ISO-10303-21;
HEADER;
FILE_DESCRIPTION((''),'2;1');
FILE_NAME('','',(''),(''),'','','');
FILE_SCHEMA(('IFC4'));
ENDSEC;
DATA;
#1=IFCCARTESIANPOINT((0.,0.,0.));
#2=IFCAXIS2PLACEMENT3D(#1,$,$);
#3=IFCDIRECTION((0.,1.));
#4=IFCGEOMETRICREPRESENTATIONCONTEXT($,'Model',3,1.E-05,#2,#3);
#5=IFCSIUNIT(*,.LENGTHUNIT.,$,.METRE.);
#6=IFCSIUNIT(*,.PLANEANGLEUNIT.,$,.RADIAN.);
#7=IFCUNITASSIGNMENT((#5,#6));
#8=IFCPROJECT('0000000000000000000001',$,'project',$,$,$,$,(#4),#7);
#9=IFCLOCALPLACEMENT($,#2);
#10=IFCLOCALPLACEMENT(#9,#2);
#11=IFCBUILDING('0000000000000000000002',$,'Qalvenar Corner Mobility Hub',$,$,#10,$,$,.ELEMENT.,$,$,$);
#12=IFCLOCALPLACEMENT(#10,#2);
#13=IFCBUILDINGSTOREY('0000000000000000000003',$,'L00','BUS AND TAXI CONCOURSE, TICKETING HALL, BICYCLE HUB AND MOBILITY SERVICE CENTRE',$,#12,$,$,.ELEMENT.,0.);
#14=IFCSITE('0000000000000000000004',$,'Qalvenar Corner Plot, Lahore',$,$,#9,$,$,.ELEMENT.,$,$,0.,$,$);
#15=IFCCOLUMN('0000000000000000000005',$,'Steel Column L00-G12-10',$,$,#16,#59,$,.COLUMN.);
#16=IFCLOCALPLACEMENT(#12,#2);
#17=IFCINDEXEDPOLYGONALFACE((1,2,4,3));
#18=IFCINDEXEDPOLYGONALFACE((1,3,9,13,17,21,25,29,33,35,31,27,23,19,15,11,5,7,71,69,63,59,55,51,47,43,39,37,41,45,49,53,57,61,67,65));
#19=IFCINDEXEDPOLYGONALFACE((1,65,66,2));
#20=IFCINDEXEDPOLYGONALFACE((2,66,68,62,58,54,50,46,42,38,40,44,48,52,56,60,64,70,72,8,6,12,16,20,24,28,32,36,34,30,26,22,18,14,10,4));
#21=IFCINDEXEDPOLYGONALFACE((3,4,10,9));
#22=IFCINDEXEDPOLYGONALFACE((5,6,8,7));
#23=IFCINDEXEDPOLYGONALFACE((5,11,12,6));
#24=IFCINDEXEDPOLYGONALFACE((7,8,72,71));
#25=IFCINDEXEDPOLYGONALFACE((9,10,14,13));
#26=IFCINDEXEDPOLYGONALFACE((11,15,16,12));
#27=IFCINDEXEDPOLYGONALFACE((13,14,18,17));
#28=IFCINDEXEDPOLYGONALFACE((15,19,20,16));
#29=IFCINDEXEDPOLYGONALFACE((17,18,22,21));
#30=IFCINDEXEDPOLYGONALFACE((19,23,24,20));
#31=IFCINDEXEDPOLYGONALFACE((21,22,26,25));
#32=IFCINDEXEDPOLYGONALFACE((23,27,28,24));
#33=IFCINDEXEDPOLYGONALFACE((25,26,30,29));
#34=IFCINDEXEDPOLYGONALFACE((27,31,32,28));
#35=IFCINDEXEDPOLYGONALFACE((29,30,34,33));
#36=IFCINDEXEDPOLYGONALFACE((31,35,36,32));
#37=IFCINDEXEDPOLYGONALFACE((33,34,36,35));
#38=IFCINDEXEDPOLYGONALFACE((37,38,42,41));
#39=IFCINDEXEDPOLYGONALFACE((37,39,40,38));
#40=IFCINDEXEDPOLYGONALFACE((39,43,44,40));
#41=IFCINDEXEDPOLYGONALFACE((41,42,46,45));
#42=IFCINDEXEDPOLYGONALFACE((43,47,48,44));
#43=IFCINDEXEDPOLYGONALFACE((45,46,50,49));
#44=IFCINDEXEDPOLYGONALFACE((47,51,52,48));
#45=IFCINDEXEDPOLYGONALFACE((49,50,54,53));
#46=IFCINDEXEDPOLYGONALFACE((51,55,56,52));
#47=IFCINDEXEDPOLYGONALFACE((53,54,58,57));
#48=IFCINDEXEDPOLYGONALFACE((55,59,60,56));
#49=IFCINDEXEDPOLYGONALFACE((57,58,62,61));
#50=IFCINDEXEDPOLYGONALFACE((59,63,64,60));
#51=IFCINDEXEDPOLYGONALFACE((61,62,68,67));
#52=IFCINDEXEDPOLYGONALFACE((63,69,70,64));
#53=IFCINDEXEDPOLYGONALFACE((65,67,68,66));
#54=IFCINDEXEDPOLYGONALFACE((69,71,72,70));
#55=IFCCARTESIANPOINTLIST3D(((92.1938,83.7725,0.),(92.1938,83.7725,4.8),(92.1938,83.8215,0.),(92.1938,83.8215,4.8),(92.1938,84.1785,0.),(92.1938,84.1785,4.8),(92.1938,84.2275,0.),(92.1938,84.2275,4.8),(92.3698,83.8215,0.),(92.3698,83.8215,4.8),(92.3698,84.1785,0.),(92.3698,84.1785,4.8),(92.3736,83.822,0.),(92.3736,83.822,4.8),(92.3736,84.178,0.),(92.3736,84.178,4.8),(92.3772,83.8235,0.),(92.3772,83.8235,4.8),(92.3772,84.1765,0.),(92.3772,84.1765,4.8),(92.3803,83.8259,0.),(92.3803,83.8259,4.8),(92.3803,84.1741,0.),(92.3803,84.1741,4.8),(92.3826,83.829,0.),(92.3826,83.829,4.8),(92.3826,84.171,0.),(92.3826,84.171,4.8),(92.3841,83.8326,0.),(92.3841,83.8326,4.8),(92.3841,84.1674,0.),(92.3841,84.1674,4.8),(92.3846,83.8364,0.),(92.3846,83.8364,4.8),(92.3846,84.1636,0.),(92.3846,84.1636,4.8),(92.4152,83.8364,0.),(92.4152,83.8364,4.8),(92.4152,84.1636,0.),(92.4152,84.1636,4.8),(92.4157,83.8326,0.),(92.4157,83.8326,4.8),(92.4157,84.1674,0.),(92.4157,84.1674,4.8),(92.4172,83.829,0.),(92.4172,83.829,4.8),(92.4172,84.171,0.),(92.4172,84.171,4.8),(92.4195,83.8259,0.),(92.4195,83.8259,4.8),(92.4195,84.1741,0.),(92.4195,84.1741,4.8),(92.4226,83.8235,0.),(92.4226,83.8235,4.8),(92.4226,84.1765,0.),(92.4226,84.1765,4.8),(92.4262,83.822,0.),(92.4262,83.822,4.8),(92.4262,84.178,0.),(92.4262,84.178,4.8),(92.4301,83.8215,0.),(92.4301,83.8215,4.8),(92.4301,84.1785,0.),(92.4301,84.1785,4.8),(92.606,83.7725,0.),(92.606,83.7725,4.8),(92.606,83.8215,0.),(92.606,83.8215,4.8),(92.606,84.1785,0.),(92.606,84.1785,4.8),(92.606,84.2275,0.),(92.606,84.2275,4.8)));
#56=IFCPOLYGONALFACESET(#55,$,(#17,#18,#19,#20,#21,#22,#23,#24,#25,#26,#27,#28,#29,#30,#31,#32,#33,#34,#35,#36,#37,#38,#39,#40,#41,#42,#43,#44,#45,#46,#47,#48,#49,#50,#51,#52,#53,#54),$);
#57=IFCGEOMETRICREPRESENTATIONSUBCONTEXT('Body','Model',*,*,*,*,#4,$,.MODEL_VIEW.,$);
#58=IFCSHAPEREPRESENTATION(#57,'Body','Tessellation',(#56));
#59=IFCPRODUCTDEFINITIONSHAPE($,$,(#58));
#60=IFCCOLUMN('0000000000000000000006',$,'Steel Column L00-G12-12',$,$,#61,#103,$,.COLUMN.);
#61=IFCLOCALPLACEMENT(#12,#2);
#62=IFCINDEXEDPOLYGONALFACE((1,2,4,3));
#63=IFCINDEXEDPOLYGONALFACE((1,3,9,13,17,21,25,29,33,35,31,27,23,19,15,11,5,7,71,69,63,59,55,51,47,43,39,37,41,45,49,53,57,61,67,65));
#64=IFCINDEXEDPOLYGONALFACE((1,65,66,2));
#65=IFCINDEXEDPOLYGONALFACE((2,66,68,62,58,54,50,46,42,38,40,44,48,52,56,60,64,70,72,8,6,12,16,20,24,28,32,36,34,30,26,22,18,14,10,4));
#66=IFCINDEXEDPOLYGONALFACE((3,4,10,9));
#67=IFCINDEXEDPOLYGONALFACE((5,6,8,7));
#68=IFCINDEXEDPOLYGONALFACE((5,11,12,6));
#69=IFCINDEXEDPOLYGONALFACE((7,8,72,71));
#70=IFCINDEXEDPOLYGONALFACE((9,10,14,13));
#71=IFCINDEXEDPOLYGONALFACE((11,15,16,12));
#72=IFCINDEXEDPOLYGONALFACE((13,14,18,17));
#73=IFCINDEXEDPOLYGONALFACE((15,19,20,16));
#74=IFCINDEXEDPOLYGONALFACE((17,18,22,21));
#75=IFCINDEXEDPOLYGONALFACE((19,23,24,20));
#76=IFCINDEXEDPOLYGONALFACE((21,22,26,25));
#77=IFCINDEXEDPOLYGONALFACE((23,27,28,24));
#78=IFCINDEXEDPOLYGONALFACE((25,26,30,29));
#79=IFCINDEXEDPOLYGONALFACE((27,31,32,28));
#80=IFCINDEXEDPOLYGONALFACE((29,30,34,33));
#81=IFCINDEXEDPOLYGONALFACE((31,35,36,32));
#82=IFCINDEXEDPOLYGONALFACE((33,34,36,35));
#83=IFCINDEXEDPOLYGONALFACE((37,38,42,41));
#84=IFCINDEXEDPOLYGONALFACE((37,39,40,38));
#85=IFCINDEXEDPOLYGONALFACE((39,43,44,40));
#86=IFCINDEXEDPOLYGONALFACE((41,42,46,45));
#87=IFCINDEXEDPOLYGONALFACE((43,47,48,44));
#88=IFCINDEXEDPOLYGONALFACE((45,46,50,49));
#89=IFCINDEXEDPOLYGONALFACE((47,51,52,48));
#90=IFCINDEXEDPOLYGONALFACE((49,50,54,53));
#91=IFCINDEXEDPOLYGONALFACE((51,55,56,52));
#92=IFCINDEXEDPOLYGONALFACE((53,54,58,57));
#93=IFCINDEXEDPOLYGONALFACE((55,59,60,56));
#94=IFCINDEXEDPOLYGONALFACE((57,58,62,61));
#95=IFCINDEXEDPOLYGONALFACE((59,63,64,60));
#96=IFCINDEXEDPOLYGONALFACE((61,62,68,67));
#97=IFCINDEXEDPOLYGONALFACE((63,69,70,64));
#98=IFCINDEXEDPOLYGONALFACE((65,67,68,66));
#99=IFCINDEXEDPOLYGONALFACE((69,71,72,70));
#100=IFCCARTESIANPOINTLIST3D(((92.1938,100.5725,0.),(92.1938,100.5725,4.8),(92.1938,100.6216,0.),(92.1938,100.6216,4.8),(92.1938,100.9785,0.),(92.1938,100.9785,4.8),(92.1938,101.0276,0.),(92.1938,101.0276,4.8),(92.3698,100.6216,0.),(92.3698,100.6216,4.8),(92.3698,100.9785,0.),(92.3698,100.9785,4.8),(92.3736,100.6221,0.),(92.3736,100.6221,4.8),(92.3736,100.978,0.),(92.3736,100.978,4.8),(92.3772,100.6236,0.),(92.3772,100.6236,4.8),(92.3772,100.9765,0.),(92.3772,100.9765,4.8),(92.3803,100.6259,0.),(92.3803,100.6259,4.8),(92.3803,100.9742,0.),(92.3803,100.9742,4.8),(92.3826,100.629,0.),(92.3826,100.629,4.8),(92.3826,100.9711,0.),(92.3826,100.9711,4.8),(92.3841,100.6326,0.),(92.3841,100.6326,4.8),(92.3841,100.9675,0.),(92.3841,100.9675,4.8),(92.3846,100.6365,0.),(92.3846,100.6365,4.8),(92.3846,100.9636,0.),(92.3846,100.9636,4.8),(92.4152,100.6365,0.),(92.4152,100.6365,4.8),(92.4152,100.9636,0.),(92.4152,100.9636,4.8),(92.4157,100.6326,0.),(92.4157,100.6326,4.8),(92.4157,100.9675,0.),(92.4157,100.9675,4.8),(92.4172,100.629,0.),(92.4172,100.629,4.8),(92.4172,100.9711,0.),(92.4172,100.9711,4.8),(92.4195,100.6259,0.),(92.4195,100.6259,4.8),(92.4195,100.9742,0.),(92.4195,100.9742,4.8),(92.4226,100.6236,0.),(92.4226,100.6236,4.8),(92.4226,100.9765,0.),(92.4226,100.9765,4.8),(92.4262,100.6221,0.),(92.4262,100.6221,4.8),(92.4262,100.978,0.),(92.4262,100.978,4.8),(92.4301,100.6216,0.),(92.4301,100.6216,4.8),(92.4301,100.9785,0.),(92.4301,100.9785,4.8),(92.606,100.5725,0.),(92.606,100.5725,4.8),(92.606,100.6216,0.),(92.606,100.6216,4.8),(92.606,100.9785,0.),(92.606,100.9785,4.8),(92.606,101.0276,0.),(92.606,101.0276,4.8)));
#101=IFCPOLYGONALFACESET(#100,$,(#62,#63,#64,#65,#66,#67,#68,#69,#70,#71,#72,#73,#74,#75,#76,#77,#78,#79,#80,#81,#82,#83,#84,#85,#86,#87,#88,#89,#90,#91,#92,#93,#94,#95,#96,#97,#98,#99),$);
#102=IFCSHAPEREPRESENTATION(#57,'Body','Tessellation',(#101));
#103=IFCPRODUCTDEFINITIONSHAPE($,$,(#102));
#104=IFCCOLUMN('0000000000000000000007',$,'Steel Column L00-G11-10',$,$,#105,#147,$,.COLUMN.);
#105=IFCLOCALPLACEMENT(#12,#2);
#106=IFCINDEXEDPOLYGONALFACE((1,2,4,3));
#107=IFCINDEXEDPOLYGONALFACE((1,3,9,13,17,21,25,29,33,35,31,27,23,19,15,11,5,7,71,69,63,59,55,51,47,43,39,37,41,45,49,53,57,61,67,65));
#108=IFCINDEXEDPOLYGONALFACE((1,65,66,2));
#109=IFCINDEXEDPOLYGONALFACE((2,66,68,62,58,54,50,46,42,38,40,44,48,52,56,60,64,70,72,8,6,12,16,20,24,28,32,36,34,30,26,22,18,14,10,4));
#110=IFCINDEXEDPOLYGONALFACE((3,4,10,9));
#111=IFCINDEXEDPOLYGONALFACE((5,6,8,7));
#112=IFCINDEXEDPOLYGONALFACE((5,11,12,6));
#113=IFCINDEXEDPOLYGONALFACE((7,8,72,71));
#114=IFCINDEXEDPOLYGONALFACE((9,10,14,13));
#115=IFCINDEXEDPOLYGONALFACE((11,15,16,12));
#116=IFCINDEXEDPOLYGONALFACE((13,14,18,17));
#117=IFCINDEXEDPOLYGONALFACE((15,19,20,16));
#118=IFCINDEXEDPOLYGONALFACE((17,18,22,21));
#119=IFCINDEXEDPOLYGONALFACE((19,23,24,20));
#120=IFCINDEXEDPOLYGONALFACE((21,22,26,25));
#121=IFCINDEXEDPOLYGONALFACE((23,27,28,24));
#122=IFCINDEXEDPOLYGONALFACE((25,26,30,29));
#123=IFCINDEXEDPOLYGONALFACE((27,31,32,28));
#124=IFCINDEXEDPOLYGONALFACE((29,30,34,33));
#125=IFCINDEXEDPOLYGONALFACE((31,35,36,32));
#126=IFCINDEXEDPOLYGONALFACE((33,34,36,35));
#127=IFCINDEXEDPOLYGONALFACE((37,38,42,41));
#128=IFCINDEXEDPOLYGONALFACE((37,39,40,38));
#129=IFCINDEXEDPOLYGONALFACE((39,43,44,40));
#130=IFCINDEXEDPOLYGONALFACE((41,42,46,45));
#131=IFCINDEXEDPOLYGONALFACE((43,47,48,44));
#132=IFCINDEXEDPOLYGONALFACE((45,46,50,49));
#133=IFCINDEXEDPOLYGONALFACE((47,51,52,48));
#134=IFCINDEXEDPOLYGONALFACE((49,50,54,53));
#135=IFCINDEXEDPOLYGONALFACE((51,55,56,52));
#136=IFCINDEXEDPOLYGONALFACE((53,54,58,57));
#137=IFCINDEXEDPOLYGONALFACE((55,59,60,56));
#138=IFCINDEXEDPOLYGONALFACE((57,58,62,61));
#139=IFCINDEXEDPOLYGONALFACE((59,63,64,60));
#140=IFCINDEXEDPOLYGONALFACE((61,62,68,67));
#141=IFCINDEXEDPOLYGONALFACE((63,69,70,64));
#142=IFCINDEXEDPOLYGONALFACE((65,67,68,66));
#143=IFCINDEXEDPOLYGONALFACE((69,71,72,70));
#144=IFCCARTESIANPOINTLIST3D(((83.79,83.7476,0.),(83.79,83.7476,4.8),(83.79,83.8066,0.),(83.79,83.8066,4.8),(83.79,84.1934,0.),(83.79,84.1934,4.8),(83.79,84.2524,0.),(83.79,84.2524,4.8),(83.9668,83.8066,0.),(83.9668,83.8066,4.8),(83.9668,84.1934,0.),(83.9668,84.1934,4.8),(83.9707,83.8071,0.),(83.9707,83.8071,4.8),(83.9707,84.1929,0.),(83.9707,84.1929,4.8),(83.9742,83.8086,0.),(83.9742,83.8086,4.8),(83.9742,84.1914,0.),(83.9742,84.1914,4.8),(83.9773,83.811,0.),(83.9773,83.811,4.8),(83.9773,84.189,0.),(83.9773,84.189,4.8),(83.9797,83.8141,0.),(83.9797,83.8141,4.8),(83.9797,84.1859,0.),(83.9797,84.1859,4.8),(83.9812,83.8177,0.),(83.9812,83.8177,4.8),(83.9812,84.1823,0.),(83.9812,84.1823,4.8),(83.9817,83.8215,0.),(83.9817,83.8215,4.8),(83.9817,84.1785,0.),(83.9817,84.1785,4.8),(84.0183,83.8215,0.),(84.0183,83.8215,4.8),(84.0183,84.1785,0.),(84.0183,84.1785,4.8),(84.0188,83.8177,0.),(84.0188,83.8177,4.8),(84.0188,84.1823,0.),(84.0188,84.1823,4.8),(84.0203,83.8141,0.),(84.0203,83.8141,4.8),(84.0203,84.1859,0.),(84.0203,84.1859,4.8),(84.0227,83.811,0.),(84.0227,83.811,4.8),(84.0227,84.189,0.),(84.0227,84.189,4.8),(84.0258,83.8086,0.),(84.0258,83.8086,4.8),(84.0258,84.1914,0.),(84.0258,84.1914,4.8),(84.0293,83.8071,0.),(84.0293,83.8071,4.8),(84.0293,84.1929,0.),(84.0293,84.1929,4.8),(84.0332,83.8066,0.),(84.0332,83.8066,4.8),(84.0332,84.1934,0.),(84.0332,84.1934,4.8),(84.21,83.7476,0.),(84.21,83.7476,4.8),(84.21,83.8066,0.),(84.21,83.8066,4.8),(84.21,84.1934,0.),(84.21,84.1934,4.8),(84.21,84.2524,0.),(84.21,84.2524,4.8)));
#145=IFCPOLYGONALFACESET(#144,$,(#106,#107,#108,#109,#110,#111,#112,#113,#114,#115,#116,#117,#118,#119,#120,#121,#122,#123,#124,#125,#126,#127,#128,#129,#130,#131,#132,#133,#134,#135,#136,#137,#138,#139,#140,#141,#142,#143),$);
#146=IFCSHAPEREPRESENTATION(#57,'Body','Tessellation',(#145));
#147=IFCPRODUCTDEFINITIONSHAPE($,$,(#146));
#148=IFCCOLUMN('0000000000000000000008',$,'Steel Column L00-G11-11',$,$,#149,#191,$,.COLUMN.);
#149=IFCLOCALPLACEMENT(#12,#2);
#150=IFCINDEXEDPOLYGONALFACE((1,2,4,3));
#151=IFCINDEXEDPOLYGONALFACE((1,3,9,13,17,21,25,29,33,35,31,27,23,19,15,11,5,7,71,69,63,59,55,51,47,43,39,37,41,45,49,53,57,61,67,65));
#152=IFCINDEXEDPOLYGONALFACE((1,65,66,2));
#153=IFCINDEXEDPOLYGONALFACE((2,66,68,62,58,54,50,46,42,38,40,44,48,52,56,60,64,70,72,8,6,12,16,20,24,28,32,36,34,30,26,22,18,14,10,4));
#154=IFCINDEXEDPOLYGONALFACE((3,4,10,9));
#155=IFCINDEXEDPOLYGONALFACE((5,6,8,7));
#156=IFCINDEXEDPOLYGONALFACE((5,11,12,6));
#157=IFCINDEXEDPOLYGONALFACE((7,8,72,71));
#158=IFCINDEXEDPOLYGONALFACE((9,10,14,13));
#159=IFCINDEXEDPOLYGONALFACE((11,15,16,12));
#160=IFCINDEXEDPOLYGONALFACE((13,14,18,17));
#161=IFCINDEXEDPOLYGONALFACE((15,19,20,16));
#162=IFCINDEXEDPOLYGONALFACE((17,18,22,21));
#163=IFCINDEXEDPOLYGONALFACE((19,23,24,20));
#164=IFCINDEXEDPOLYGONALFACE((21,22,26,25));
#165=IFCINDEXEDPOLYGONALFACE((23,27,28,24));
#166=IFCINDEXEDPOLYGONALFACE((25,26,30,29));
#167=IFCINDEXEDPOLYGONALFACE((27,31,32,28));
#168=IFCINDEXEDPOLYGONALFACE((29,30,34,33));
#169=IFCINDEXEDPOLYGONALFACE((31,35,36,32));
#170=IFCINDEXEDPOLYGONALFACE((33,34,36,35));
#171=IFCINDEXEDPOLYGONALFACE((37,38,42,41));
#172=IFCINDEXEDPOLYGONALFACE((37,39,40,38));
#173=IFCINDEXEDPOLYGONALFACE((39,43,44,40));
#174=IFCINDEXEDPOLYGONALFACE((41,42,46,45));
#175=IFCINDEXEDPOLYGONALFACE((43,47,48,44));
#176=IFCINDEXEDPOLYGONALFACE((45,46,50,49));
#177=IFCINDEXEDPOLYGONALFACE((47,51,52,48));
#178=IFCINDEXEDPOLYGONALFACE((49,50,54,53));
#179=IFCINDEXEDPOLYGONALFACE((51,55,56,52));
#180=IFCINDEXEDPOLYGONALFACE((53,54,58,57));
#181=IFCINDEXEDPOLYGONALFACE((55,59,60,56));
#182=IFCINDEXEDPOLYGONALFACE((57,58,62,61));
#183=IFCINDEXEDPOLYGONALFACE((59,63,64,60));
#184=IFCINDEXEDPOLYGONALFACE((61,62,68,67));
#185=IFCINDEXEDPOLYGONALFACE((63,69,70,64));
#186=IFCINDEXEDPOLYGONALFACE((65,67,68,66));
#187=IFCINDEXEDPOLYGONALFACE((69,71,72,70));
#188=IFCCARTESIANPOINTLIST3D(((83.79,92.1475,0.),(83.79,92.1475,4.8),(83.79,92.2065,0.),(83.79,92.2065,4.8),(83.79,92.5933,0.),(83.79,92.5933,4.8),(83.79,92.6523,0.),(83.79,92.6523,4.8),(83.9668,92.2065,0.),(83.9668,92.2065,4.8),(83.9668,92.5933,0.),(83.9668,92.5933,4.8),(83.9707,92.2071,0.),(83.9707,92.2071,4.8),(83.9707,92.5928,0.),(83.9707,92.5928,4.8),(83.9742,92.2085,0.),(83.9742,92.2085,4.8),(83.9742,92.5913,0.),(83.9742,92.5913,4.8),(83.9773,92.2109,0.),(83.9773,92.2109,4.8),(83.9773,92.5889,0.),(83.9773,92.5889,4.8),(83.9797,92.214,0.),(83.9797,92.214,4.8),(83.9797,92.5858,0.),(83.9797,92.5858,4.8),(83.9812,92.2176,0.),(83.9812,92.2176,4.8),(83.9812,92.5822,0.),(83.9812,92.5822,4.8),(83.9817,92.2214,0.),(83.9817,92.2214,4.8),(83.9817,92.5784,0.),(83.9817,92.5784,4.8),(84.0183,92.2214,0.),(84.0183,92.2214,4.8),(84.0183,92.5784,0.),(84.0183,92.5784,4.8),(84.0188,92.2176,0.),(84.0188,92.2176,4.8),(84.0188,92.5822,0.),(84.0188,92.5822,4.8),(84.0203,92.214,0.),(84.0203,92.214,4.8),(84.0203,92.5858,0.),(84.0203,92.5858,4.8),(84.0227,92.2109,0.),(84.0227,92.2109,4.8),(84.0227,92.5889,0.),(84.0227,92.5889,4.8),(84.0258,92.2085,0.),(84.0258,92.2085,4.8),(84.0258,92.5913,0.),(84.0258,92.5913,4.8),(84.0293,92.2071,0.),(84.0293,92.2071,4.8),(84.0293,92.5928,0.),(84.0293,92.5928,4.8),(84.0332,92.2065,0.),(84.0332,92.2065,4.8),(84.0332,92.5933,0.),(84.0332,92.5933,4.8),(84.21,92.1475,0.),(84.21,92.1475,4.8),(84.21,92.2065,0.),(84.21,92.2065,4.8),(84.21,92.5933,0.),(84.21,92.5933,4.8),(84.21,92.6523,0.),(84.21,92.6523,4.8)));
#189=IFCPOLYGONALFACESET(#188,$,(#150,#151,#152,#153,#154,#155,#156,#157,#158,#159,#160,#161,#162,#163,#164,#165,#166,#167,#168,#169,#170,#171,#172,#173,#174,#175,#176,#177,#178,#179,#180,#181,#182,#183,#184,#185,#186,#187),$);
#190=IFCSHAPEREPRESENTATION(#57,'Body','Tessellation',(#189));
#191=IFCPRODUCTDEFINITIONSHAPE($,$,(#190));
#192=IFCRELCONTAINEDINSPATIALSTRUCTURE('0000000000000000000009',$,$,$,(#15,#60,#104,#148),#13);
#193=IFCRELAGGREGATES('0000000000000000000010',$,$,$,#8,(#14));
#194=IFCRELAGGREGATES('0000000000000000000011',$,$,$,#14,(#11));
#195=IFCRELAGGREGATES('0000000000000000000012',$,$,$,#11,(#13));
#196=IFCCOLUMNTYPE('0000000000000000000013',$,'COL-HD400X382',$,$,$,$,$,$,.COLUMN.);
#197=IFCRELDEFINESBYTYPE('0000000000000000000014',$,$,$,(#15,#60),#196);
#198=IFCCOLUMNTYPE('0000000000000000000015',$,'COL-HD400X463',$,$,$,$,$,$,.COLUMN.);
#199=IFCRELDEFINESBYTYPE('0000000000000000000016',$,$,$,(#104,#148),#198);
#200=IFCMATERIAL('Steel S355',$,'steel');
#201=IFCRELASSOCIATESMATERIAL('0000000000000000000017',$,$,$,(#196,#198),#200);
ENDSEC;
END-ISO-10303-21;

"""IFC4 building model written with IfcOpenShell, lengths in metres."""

from ifc_helpers import new_model, si_unit, direction, frame, origin, origin_2d, place, context, subcontext, project, spatial, i_section, extrude, material, material_profile, profile_set, type_object, element, save


model = new_model("IFC4")

# Units and contexts
model_context = context("Model", 3, precision=1e-05, world=origin(), true_north=direction((0.0, 1.0)))
body_context = subcontext(model_context, "Body", "Model", "MODEL_VIEW")
ifc_project = project(units=[si_unit("LENGTHUNIT", "METRE"), si_unit("PLANEANGLEUNIT", "RADIAN")], contexts=[model_context])

# Site, building, storey
site_placement = place(None, origin())
site = spatial("IfcSite", under=ifc_project, at=site_placement, Name="Qalvenar Corner Plot, Lahore", CompositionType="ELEMENT", RefElevation=0.0)
building_placement = place(site_placement, origin())
building = spatial("IfcBuilding", under=site, at=building_placement, Name="Qalvenar Corner Mobility Hub", CompositionType="ELEMENT")
storey_placement = place(building_placement, origin())
storey = spatial("IfcBuildingStorey", under=building, at=storey_placement, Name="L00", Description="BUS AND TAXI CONCOURSE, TICKETING HALL, BICYCLE HUB AND MOBILITY SERVICE CENTRE", CompositionType="ELEMENT", Elevation=0.0)

# Columns
ifc_material = material(Name="Steel S355", Category="steel")
ifc_material_profile_1 = material_profile(ifc_material, i_section(OverallWidth=0.4121, OverallDepth=0.4551, WebThickness=0.0305, FlangeThickness=0.0491, FilletRadius=0.0149, at=origin_2d()), Name="HD400x421")
ifc_profile_set_1 = profile_set([ifc_material_profile_1], Name="Steel S355")
column_type_1 = type_object("IfcColumnType", Name="COL-HD400X382", PredefinedType="COLUMN", material=ifc_profile_set_1)
for number, where, z_axis, x_axis, name in (
    (1, (92.3999, 84.0, 0.0), (0.0, 0.0, 1.0), (1.0, 0.0, 0.0), "Steel Column L00-G12-10"),
    (2, (92.3999, 100.8, 0.0), (0.0, 0.0, 1.0), (1.0, 0.0, 0.0), "Steel Column L00-G12-12"),
):
    element("IfcColumn", number, at=place(storey_placement, frame(where, z_axis=z_axis, x_axis=x_axis)), inside=storey, type_object=column_type_1, Name=name, PredefinedType="COLUMN", context=body_context, shape_type="SweptSolid", body=[
        extrude(i_section(OverallWidth=0.4121, OverallDepth=0.4551, WebThickness=0.0305, FlangeThickness=0.0491, FilletRadius=0.0149, at=origin_2d()), origin(), (0.0, 0.0, 1.0), 4.8),
    ])
ifc_material_profile_2 = material_profile(ifc_material, i_section(OverallWidth=0.4199, OverallDepth=0.5049, WebThickness=0.0366, FlangeThickness=0.0591, FilletRadius=0.0149, at=origin_2d()), Name="HD400x551")
ifc_profile_set_2 = profile_set([ifc_material_profile_2], Name="Steel S355")
column_type_2 = type_object("IfcColumnType", Name="COL-HD400X463", PredefinedType="COLUMN", material=ifc_profile_set_2)
for number, where, z_axis, x_axis, name in (
    (3, (84.0, 84.0, 0.0), (0.0, 0.0, 1.0), (1.0, 0.0, 0.0), "Steel Column L00-G11-10"),
    (4, (84.0, 92.3999, 0.0), (0.0, 0.0, 1.0), (1.0, 0.0, 0.0), "Steel Column L00-G11-11"),
):
    element("IfcColumn", number, at=place(storey_placement, frame(where, z_axis=z_axis, x_axis=x_axis)), inside=storey, type_object=column_type_2, Name=name, PredefinedType="COLUMN", context=body_context, shape_type="SweptSolid", body=[
        extrude(i_section(OverallWidth=0.4199, OverallDepth=0.5049, WebThickness=0.0366, FlangeThickness=0.0591, FilletRadius=0.0149, at=origin_2d()), origin(), (0.0, 0.0, 1.0), 4.8),
    ])

save(model, "model.ifc")
